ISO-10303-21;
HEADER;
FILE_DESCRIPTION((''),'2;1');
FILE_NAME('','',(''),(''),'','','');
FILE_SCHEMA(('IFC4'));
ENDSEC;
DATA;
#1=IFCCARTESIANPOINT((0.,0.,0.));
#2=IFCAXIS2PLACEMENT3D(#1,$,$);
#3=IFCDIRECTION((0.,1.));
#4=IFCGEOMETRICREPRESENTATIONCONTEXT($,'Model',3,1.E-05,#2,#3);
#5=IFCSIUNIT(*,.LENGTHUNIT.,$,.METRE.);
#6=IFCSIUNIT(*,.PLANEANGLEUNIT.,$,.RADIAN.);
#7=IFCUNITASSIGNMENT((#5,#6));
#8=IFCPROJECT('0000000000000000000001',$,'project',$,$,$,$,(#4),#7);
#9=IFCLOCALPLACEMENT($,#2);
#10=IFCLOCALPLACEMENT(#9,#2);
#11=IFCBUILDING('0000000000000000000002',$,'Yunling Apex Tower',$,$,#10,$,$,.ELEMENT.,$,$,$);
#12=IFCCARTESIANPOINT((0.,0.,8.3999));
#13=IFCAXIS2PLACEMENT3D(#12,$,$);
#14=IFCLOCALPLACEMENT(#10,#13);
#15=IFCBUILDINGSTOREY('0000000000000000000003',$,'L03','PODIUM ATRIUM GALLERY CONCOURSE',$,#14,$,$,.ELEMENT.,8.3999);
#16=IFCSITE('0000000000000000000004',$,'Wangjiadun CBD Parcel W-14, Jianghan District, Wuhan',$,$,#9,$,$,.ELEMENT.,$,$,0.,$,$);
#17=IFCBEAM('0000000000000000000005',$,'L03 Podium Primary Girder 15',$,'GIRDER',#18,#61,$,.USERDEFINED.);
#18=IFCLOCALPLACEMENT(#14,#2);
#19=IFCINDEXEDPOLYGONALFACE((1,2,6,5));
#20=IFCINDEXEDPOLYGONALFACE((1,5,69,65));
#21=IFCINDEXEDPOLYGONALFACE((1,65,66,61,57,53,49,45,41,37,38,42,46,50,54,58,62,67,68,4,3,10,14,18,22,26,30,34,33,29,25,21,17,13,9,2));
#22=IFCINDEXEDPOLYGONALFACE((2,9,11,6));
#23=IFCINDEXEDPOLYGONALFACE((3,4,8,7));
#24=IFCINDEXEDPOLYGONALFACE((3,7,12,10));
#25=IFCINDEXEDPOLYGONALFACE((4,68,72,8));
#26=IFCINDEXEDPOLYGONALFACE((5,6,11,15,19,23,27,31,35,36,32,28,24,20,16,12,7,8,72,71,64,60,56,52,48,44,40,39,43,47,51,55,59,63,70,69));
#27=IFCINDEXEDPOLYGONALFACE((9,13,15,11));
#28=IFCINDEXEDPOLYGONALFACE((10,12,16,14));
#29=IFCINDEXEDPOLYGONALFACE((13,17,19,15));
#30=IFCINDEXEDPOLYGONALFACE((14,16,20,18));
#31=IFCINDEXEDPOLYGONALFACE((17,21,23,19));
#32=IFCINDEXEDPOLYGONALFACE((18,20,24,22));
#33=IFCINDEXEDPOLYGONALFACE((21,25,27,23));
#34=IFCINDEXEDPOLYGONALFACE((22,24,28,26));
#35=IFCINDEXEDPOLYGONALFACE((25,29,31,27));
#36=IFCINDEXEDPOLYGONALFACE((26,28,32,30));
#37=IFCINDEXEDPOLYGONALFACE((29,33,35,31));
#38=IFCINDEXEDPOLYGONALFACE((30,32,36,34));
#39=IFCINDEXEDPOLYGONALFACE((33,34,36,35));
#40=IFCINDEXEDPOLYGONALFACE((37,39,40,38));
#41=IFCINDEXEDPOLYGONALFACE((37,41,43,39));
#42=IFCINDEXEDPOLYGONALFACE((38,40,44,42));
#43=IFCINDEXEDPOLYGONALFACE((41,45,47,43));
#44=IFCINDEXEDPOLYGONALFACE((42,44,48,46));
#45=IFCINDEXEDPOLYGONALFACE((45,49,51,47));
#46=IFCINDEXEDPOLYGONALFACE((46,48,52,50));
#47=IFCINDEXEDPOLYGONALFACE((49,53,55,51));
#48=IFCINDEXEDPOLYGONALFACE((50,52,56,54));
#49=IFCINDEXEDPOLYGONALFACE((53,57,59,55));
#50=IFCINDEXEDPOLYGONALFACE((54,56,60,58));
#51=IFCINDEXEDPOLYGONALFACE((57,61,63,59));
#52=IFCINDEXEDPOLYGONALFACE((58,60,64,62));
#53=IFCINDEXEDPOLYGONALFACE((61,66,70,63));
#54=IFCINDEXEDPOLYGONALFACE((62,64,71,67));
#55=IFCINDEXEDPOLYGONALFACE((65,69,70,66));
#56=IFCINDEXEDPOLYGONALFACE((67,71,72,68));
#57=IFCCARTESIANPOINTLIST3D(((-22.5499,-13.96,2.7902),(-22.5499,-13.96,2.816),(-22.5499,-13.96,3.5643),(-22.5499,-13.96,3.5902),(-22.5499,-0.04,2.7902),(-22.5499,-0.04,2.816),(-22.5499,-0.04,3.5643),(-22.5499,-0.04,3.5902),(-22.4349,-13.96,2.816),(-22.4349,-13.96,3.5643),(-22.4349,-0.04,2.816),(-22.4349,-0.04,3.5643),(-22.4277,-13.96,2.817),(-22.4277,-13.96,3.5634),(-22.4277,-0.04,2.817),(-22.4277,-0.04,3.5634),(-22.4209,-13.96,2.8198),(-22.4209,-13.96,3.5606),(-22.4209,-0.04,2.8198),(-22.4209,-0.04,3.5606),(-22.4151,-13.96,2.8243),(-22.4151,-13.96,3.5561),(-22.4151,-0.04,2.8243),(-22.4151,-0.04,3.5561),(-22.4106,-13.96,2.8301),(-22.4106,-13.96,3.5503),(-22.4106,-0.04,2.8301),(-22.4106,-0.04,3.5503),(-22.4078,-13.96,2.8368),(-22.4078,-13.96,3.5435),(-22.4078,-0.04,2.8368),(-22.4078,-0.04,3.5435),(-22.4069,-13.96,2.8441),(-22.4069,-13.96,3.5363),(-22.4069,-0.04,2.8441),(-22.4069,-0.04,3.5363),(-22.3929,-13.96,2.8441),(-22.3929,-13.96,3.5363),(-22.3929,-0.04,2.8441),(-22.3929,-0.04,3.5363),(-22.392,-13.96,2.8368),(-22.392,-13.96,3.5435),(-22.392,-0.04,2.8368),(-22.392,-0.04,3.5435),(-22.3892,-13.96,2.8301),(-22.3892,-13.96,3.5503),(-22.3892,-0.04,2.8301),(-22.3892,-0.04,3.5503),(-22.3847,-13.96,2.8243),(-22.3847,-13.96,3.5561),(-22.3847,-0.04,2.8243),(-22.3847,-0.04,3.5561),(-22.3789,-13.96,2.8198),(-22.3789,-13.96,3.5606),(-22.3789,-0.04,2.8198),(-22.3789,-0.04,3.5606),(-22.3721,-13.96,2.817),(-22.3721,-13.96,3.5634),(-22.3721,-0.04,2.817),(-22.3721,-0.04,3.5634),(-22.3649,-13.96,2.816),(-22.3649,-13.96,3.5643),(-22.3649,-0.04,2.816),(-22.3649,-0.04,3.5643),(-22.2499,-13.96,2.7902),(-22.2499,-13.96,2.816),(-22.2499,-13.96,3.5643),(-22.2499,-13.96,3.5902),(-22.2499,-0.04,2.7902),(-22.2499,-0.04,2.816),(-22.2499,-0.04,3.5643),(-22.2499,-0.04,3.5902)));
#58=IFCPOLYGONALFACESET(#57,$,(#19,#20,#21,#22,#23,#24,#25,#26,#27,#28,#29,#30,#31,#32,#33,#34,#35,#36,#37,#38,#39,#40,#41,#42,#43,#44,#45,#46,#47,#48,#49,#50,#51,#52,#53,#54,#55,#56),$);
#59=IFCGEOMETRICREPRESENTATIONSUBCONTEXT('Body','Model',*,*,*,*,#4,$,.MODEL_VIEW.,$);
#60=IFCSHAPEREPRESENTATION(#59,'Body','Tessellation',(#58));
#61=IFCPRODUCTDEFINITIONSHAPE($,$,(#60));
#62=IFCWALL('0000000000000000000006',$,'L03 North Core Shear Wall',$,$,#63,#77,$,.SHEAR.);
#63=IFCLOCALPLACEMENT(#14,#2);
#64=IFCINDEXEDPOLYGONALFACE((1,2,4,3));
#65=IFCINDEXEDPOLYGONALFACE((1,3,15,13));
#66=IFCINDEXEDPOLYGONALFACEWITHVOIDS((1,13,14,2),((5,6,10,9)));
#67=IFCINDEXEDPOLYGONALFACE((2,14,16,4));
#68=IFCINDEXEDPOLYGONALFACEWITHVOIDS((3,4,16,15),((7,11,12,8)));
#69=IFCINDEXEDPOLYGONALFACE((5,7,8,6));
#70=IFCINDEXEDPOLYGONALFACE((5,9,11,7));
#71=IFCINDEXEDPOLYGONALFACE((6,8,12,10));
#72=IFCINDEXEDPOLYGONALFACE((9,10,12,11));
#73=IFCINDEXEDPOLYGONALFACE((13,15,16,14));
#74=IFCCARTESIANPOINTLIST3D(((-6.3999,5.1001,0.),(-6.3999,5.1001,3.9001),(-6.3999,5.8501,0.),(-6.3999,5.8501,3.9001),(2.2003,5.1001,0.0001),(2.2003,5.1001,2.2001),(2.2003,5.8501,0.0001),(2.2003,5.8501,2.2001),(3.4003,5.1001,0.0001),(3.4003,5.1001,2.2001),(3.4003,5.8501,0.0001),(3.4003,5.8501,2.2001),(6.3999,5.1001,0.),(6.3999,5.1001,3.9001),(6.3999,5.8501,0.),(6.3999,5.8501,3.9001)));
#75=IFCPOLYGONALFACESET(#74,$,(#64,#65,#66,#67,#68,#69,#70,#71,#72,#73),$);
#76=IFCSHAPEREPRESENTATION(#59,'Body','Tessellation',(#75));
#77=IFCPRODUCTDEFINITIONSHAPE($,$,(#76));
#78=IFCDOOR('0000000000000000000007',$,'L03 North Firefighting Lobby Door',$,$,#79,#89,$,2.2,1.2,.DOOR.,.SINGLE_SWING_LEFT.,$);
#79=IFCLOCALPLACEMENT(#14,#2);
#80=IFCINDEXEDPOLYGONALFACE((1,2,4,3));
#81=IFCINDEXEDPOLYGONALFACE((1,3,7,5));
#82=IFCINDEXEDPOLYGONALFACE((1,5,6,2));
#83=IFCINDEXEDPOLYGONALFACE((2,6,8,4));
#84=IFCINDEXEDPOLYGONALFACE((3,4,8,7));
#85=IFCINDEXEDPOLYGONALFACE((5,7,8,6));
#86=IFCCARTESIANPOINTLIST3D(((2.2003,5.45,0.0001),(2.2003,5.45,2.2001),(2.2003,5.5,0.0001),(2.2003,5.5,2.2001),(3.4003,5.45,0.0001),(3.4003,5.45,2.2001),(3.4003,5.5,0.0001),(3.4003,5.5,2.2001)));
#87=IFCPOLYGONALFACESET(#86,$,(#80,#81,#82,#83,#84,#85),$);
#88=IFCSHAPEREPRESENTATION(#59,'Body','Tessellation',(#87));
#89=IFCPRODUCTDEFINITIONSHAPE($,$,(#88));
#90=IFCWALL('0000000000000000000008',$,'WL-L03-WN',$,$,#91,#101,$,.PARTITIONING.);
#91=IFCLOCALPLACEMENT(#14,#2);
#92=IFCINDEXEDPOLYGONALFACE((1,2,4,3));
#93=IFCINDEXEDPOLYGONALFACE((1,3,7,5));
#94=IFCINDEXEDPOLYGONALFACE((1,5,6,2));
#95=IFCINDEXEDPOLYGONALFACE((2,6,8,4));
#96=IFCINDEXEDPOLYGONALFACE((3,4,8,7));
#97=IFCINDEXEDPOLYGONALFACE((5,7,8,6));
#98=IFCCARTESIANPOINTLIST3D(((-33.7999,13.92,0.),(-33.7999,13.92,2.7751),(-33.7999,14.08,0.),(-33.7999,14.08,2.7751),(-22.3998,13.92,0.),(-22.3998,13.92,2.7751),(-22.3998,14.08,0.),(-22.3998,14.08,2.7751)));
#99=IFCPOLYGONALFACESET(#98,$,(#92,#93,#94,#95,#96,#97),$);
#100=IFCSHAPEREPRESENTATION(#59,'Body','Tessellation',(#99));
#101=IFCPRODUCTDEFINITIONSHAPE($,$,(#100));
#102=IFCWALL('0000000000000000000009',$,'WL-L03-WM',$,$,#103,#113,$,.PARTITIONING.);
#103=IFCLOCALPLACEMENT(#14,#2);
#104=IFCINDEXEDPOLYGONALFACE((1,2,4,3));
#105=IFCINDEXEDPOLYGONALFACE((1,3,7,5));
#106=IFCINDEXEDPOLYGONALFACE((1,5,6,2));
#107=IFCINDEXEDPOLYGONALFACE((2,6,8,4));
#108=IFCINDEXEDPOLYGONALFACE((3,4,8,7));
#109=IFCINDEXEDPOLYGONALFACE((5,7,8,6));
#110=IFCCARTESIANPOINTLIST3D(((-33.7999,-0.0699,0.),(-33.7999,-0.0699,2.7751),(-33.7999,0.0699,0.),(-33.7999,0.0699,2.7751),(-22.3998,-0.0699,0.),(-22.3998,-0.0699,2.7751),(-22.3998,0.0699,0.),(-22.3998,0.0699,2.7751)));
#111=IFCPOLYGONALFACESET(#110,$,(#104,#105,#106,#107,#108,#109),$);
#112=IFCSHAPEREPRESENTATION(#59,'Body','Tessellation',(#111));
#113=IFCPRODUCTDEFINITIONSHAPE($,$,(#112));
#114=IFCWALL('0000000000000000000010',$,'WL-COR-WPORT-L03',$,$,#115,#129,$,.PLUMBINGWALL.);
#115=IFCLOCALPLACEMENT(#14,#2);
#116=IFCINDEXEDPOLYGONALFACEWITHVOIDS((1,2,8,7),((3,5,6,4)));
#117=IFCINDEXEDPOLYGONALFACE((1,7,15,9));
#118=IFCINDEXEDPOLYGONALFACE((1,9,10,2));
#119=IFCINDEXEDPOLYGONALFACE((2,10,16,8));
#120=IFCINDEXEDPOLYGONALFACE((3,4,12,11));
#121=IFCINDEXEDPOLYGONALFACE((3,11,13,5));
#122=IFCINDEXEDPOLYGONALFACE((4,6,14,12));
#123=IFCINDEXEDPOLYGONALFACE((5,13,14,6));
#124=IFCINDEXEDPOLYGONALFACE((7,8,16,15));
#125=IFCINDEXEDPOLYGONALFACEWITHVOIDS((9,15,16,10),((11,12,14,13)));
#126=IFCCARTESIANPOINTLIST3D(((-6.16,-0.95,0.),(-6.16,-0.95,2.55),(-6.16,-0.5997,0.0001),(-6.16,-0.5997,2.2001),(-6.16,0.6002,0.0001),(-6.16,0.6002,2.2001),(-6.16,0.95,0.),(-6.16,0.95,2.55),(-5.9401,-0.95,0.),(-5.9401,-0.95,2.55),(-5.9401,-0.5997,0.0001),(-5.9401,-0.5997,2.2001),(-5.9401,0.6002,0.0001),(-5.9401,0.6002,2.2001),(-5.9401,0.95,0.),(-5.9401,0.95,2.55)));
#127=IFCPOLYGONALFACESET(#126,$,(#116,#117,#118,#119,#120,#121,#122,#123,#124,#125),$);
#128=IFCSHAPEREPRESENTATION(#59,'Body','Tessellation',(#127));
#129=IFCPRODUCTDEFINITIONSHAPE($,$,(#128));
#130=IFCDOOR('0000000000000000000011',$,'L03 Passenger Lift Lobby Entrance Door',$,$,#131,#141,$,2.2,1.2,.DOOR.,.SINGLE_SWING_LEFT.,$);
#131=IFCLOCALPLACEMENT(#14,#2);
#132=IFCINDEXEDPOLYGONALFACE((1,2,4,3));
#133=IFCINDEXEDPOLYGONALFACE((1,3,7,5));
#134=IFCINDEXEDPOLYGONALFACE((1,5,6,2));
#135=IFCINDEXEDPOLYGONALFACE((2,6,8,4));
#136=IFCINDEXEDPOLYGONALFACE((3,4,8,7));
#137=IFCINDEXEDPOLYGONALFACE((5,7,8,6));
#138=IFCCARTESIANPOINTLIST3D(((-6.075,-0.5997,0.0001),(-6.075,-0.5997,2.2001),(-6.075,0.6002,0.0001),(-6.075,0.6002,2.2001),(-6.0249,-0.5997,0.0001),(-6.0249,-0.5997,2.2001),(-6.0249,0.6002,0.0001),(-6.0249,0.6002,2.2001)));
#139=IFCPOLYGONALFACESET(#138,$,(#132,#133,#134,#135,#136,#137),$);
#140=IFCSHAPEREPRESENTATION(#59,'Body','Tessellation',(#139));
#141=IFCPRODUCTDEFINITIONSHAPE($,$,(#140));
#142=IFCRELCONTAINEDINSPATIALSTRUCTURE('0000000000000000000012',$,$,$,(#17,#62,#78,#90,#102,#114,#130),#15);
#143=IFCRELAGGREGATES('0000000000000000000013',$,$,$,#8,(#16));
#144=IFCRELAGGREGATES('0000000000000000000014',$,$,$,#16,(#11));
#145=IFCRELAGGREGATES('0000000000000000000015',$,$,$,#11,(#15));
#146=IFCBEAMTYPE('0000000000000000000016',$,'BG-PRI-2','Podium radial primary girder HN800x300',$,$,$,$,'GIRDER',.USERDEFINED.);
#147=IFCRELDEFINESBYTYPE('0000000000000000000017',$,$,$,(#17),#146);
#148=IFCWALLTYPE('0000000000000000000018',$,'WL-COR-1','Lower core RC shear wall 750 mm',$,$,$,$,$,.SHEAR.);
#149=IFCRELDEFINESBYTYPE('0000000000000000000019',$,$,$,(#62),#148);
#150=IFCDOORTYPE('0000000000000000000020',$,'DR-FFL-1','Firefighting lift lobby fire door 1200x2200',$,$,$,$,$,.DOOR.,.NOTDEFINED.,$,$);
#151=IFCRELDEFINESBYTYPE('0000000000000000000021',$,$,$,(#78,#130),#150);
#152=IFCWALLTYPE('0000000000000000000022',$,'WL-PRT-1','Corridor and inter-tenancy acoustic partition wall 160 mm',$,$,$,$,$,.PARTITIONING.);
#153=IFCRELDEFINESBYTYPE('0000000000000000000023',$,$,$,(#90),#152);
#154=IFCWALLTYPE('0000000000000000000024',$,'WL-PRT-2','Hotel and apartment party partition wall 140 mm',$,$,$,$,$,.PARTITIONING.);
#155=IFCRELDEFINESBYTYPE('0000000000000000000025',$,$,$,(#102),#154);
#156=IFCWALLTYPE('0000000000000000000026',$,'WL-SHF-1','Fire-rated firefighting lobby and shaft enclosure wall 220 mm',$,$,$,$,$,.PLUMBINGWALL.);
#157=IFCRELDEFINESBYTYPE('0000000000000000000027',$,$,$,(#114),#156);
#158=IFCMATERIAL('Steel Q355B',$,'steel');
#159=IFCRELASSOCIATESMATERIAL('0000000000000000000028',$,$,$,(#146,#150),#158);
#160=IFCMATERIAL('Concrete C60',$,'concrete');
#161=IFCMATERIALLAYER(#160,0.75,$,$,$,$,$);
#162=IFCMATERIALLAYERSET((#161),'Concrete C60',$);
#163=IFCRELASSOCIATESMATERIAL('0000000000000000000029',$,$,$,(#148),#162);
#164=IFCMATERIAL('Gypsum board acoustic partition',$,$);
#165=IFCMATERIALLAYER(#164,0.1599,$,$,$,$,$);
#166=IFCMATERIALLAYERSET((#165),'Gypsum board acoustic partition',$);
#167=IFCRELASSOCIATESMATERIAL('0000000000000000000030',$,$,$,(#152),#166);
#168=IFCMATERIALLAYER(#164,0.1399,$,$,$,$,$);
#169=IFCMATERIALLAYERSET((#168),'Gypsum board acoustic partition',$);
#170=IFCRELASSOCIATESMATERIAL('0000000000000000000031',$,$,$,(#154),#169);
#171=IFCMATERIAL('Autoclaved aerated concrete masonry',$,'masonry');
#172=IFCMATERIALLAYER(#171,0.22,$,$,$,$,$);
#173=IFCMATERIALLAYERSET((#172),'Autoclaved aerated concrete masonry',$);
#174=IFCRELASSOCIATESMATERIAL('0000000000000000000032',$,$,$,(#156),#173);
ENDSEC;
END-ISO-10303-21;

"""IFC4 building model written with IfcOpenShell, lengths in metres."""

from ifc_helpers import new_model, si_unit, direction, frame, frame_2d, origin, origin_2d, place, context, subcontext, project, spatial, rectangle, i_section, extrude, source, transform, mapped, material, layer, layer_set, material_profile, profile_set, type_object, element, fill, save


model = new_model("IFC4")

# Units and contexts
model_context = context("Model", 3, precision=1e-05, world=origin(), true_north=direction((0.0, 1.0)))
body_context = subcontext(model_context, "Body", "Model", "MODEL_VIEW")
ifc_project = project(units=[si_unit("LENGTHUNIT", "METRE"), si_unit("PLANEANGLEUNIT", "RADIAN")], contexts=[model_context])

# Site, building, storey
site_placement = place(None, origin())
site = spatial("IfcSite", under=ifc_project, at=site_placement, Name="Wangjiadun CBD Parcel W-14, Jianghan District, Wuhan", CompositionType="ELEMENT", RefElevation=0.0)
building_placement = place(site_placement, origin())
building = spatial("IfcBuilding", under=site, at=building_placement, Name="Yunling Apex Tower", CompositionType="ELEMENT")
storey_placement = place(building_placement, frame((0.0, 0.0, 8.3999)))
storey = spatial("IfcBuildingStorey", under=building, at=storey_placement, Name="L03", Description="PODIUM ATRIUM GALLERY CONCOURSE", CompositionType="ELEMENT", Elevation=8.3999)

# Shared definitions
ifc_material_1 = material(Name="Concrete C60", Category="concrete")

# Beam
ifc_material_2 = material(Name="Steel Q355B", Category="steel")
ifc_material_profile_1 = material_profile(ifc_material_2, i_section(OverallWidth=0.3, OverallDepth=0.8, WebThickness=0.0139, FlangeThickness=0.0259, FilletRadius=0.0281, at=origin_2d()))
ifc_profile_set_1 = profile_set([ifc_material_profile_1], Name="Steel Q355B")
beam_type_1 = type_object("IfcBeamType", Name="BG-PRI-2", Description="Podium radial primary girder HN800x300", ElementType="GIRDER", PredefinedType="USERDEFINED", material=ifc_profile_set_1)
shared_shape_1 = source(origin(), body_context, "Body", "SweptSolid", [
    extrude(i_section(OverallWidth=0.3, OverallDepth=0.8, WebThickness=0.0139, FlangeThickness=0.0259, FilletRadius=0.0281, at=origin_2d()), origin(), (0.0, 0.0, 1.0), 13.9199),
])
for number, where, z_axis, x_axis, name in (
    (1, (-22.3999, -0.04, 3.1902), (0.0, -1.0, 0.0), (1.0, 0.0, 0.0), "L03 Podium Primary Girder 15"),
):
    element("IfcBeam", number, at=place(storey_placement, frame(where, z_axis=z_axis, x_axis=x_axis)), inside=storey, type_object=beam_type_1, Name=name, ObjectType="GIRDER", PredefinedType="USERDEFINED", context=body_context, shape_type="MappedRepresentation", body=[
        mapped(shared_shape_1, transform((0.0, 0.0, 0.0), scale=1.0)),
    ])

# Wall, opening, door
ifc_layer_1 = layer(ifc_material_1, 0.75)
ifc_layer_set_1 = layer_set([ifc_layer_1], Name="Concrete C60")
wall_type_1 = type_object("IfcWallType", Name="WL-COR-1", Description="Lower core RC shear wall 750 mm", PredefinedType="SHEAR", material=ifc_layer_set_1)
wall_1_placement = place(storey_placement, frame((-6.3999, 5.4751, 0.0), z_axis=(0.0, 0.0, 1.0), x_axis=(1.0, 0.0, 0.0)))
wall_1 = element("IfcWall", 2, at=wall_1_placement, inside=storey, type_object=wall_type_1, Name="L03 North Core Shear Wall", PredefinedType="SHEAR", context=body_context, shape_type="SweptSolid", body=[
    extrude(rectangle(XDim=12.7998, YDim=0.75, at=frame_2d((6.3999, 0.0))), origin(), (0.0, 0.0, 1.0), 3.9001),
])
opening_1_placement = place(wall_1_placement, frame((8.6001, 0.0, 0.0)))
opening_1 = element("IfcOpeningElement", 3, at=opening_1_placement, cuts=wall_1, PredefinedType="OPENING", context=body_context, shape_type="SweptSolid", body=[
    extrude(rectangle(XDim=1.2, YDim=2.2, at=frame_2d((0.6001, 1.1001))), frame((0.0, 0.385, 0.0), z_axis=(0.0, -1.0, 0.0), x_axis=(1.0, 0.0, 0.0)), (0.0, 0.0, 1.0), 0.77),
])
door_type = type_object("IfcDoorType", Name="DR-FFL-1", Description="Firefighting lift lobby fire door 1200x2200", OperationType="NOTDEFINED", PredefinedType="DOOR", material=ifc_material_2)
door_1_placement = place(opening_1_placement, origin())
door_1 = element("IfcDoor", 4, at=door_1_placement, inside=storey, type_object=door_type, Name="L03 North Firefighting Lobby Door", OperationType="SINGLE_SWING_LEFT", OverallHeight=2.2, OverallWidth=1.2, PredefinedType="DOOR", context=body_context, shape_type="SweptSolid", body=[
    extrude(rectangle(XDim=1.2, YDim=2.2, at=frame_2d((0.6001, 1.1001))), frame((0.0, 0.0249, 0.0), z_axis=(0.0, -1.0, 0.0), x_axis=(1.0, 0.0, 0.0)), (0.0, 0.0, 1.0), 0.05),
])
fill(opening_1, door_1)

# Walls
ifc_material_3 = material(Name="Gypsum board acoustic partition")
ifc_layer_2 = layer(ifc_material_3, 0.1599)
ifc_layer_set_2 = layer_set([ifc_layer_2], Name="Gypsum board acoustic partition")
wall_type_2 = type_object("IfcWallType", Name="WL-PRT-1", Description="Corridor and inter-tenancy acoustic partition wall 160 mm", PredefinedType="PARTITIONING", material=ifc_layer_set_2)
wall_2_placement = place(storey_placement, frame((-33.8, 14.0, 0.0), z_axis=(0.0, 0.0, 1.0), x_axis=(1.0, 0.0, 0.0)))
element("IfcWall", 5, at=wall_2_placement, inside=storey, type_object=wall_type_2, Name="WL-L03-WN", PredefinedType="PARTITIONING", context=body_context, shape_type="SweptSolid", body=[
    extrude(rectangle(XDim=11.4001, YDim=0.1599, at=frame_2d((5.7002, 0.0))), origin(), (0.0, 0.0, 1.0), 2.7751),
])
ifc_layer_3 = layer(ifc_material_3, 0.1399)
ifc_layer_set_3 = layer_set([ifc_layer_3], Name="Gypsum board acoustic partition")
wall_type_3 = type_object("IfcWallType", Name="WL-PRT-2", Description="Hotel and apartment party partition wall 140 mm", PredefinedType="PARTITIONING", material=ifc_layer_set_3)
wall_3_placement = place(storey_placement, frame((-33.8, 0.0, 0.0), z_axis=(0.0, 0.0, 1.0), x_axis=(1.0, 0.0, 0.0)))
element("IfcWall", 6, at=wall_3_placement, inside=storey, type_object=wall_type_3, Name="WL-L03-WM", PredefinedType="PARTITIONING", context=body_context, shape_type="SweptSolid", body=[
    extrude(rectangle(XDim=11.4001, YDim=0.1399, at=frame_2d((5.7002, 0.0))), origin(), (0.0, 0.0, 1.0), 2.7751),
])

# Wall, opening, door
ifc_material_4 = material(Name="Autoclaved aerated concrete masonry", Category="masonry")
ifc_layer_4 = layer(ifc_material_4, 0.22)
ifc_layer_set_4 = layer_set([ifc_layer_4], Name="Autoclaved aerated concrete masonry")
wall_type_4 = type_object("IfcWallType", Name="WL-SHF-1", Description="Fire-rated firefighting lobby and shaft enclosure wall 220 mm", PredefinedType="PLUMBINGWALL", material=ifc_layer_set_4)
wall_4_placement = place(storey_placement, frame((-6.05, -0.95, 0.0), z_axis=(0.0, 0.0, 1.0), x_axis=(0.0, 1.0, 0.0)))
wall_4 = element("IfcWall", 7, at=wall_4_placement, inside=storey, type_object=wall_type_4, Name="WL-COR-WPORT-L03", PredefinedType="PLUMBINGWALL", context=body_context, shape_type="SweptSolid", body=[
    extrude(rectangle(XDim=1.8999, YDim=0.22, at=frame_2d((0.95, 0.0))), origin(), (0.0, 0.0, 1.0), 2.55),
])
opening_2_placement = place(wall_4_placement, frame((0.3501, 0.0, 0.0)))
opening_2 = element("IfcOpeningElement", 8, at=opening_2_placement, cuts=wall_4, PredefinedType="OPENING", context=body_context, shape_type="SweptSolid", body=[
    extrude(rectangle(XDim=1.2, YDim=2.2, at=frame_2d((0.6001, 1.1001))), frame((0.0, 0.1201, 0.0), z_axis=(0.0, -1.0, 0.0), x_axis=(1.0, 0.0, 0.0)), (0.0, 0.0, 1.0), 0.24),
])
door_2_placement = place(opening_2_placement, origin())
door_2 = element("IfcDoor", 9, at=door_2_placement, inside=storey, type_object=door_type, Name="L03 Passenger Lift Lobby Entrance Door", OperationType="SINGLE_SWING_LEFT", OverallHeight=2.2, OverallWidth=1.2, PredefinedType="DOOR", context=body_context, shape_type="SweptSolid", body=[
    extrude(rectangle(XDim=1.2, YDim=2.2, at=frame_2d((0.6001, 1.1001))), frame((0.0, 0.0249, 0.0), z_axis=(0.0, -1.0, 0.0), x_axis=(1.0, 0.0, 0.0)), (0.0, 0.0, 1.0), 0.05),
])
fill(opening_2, door_2)

save(model, "model.ifc")
